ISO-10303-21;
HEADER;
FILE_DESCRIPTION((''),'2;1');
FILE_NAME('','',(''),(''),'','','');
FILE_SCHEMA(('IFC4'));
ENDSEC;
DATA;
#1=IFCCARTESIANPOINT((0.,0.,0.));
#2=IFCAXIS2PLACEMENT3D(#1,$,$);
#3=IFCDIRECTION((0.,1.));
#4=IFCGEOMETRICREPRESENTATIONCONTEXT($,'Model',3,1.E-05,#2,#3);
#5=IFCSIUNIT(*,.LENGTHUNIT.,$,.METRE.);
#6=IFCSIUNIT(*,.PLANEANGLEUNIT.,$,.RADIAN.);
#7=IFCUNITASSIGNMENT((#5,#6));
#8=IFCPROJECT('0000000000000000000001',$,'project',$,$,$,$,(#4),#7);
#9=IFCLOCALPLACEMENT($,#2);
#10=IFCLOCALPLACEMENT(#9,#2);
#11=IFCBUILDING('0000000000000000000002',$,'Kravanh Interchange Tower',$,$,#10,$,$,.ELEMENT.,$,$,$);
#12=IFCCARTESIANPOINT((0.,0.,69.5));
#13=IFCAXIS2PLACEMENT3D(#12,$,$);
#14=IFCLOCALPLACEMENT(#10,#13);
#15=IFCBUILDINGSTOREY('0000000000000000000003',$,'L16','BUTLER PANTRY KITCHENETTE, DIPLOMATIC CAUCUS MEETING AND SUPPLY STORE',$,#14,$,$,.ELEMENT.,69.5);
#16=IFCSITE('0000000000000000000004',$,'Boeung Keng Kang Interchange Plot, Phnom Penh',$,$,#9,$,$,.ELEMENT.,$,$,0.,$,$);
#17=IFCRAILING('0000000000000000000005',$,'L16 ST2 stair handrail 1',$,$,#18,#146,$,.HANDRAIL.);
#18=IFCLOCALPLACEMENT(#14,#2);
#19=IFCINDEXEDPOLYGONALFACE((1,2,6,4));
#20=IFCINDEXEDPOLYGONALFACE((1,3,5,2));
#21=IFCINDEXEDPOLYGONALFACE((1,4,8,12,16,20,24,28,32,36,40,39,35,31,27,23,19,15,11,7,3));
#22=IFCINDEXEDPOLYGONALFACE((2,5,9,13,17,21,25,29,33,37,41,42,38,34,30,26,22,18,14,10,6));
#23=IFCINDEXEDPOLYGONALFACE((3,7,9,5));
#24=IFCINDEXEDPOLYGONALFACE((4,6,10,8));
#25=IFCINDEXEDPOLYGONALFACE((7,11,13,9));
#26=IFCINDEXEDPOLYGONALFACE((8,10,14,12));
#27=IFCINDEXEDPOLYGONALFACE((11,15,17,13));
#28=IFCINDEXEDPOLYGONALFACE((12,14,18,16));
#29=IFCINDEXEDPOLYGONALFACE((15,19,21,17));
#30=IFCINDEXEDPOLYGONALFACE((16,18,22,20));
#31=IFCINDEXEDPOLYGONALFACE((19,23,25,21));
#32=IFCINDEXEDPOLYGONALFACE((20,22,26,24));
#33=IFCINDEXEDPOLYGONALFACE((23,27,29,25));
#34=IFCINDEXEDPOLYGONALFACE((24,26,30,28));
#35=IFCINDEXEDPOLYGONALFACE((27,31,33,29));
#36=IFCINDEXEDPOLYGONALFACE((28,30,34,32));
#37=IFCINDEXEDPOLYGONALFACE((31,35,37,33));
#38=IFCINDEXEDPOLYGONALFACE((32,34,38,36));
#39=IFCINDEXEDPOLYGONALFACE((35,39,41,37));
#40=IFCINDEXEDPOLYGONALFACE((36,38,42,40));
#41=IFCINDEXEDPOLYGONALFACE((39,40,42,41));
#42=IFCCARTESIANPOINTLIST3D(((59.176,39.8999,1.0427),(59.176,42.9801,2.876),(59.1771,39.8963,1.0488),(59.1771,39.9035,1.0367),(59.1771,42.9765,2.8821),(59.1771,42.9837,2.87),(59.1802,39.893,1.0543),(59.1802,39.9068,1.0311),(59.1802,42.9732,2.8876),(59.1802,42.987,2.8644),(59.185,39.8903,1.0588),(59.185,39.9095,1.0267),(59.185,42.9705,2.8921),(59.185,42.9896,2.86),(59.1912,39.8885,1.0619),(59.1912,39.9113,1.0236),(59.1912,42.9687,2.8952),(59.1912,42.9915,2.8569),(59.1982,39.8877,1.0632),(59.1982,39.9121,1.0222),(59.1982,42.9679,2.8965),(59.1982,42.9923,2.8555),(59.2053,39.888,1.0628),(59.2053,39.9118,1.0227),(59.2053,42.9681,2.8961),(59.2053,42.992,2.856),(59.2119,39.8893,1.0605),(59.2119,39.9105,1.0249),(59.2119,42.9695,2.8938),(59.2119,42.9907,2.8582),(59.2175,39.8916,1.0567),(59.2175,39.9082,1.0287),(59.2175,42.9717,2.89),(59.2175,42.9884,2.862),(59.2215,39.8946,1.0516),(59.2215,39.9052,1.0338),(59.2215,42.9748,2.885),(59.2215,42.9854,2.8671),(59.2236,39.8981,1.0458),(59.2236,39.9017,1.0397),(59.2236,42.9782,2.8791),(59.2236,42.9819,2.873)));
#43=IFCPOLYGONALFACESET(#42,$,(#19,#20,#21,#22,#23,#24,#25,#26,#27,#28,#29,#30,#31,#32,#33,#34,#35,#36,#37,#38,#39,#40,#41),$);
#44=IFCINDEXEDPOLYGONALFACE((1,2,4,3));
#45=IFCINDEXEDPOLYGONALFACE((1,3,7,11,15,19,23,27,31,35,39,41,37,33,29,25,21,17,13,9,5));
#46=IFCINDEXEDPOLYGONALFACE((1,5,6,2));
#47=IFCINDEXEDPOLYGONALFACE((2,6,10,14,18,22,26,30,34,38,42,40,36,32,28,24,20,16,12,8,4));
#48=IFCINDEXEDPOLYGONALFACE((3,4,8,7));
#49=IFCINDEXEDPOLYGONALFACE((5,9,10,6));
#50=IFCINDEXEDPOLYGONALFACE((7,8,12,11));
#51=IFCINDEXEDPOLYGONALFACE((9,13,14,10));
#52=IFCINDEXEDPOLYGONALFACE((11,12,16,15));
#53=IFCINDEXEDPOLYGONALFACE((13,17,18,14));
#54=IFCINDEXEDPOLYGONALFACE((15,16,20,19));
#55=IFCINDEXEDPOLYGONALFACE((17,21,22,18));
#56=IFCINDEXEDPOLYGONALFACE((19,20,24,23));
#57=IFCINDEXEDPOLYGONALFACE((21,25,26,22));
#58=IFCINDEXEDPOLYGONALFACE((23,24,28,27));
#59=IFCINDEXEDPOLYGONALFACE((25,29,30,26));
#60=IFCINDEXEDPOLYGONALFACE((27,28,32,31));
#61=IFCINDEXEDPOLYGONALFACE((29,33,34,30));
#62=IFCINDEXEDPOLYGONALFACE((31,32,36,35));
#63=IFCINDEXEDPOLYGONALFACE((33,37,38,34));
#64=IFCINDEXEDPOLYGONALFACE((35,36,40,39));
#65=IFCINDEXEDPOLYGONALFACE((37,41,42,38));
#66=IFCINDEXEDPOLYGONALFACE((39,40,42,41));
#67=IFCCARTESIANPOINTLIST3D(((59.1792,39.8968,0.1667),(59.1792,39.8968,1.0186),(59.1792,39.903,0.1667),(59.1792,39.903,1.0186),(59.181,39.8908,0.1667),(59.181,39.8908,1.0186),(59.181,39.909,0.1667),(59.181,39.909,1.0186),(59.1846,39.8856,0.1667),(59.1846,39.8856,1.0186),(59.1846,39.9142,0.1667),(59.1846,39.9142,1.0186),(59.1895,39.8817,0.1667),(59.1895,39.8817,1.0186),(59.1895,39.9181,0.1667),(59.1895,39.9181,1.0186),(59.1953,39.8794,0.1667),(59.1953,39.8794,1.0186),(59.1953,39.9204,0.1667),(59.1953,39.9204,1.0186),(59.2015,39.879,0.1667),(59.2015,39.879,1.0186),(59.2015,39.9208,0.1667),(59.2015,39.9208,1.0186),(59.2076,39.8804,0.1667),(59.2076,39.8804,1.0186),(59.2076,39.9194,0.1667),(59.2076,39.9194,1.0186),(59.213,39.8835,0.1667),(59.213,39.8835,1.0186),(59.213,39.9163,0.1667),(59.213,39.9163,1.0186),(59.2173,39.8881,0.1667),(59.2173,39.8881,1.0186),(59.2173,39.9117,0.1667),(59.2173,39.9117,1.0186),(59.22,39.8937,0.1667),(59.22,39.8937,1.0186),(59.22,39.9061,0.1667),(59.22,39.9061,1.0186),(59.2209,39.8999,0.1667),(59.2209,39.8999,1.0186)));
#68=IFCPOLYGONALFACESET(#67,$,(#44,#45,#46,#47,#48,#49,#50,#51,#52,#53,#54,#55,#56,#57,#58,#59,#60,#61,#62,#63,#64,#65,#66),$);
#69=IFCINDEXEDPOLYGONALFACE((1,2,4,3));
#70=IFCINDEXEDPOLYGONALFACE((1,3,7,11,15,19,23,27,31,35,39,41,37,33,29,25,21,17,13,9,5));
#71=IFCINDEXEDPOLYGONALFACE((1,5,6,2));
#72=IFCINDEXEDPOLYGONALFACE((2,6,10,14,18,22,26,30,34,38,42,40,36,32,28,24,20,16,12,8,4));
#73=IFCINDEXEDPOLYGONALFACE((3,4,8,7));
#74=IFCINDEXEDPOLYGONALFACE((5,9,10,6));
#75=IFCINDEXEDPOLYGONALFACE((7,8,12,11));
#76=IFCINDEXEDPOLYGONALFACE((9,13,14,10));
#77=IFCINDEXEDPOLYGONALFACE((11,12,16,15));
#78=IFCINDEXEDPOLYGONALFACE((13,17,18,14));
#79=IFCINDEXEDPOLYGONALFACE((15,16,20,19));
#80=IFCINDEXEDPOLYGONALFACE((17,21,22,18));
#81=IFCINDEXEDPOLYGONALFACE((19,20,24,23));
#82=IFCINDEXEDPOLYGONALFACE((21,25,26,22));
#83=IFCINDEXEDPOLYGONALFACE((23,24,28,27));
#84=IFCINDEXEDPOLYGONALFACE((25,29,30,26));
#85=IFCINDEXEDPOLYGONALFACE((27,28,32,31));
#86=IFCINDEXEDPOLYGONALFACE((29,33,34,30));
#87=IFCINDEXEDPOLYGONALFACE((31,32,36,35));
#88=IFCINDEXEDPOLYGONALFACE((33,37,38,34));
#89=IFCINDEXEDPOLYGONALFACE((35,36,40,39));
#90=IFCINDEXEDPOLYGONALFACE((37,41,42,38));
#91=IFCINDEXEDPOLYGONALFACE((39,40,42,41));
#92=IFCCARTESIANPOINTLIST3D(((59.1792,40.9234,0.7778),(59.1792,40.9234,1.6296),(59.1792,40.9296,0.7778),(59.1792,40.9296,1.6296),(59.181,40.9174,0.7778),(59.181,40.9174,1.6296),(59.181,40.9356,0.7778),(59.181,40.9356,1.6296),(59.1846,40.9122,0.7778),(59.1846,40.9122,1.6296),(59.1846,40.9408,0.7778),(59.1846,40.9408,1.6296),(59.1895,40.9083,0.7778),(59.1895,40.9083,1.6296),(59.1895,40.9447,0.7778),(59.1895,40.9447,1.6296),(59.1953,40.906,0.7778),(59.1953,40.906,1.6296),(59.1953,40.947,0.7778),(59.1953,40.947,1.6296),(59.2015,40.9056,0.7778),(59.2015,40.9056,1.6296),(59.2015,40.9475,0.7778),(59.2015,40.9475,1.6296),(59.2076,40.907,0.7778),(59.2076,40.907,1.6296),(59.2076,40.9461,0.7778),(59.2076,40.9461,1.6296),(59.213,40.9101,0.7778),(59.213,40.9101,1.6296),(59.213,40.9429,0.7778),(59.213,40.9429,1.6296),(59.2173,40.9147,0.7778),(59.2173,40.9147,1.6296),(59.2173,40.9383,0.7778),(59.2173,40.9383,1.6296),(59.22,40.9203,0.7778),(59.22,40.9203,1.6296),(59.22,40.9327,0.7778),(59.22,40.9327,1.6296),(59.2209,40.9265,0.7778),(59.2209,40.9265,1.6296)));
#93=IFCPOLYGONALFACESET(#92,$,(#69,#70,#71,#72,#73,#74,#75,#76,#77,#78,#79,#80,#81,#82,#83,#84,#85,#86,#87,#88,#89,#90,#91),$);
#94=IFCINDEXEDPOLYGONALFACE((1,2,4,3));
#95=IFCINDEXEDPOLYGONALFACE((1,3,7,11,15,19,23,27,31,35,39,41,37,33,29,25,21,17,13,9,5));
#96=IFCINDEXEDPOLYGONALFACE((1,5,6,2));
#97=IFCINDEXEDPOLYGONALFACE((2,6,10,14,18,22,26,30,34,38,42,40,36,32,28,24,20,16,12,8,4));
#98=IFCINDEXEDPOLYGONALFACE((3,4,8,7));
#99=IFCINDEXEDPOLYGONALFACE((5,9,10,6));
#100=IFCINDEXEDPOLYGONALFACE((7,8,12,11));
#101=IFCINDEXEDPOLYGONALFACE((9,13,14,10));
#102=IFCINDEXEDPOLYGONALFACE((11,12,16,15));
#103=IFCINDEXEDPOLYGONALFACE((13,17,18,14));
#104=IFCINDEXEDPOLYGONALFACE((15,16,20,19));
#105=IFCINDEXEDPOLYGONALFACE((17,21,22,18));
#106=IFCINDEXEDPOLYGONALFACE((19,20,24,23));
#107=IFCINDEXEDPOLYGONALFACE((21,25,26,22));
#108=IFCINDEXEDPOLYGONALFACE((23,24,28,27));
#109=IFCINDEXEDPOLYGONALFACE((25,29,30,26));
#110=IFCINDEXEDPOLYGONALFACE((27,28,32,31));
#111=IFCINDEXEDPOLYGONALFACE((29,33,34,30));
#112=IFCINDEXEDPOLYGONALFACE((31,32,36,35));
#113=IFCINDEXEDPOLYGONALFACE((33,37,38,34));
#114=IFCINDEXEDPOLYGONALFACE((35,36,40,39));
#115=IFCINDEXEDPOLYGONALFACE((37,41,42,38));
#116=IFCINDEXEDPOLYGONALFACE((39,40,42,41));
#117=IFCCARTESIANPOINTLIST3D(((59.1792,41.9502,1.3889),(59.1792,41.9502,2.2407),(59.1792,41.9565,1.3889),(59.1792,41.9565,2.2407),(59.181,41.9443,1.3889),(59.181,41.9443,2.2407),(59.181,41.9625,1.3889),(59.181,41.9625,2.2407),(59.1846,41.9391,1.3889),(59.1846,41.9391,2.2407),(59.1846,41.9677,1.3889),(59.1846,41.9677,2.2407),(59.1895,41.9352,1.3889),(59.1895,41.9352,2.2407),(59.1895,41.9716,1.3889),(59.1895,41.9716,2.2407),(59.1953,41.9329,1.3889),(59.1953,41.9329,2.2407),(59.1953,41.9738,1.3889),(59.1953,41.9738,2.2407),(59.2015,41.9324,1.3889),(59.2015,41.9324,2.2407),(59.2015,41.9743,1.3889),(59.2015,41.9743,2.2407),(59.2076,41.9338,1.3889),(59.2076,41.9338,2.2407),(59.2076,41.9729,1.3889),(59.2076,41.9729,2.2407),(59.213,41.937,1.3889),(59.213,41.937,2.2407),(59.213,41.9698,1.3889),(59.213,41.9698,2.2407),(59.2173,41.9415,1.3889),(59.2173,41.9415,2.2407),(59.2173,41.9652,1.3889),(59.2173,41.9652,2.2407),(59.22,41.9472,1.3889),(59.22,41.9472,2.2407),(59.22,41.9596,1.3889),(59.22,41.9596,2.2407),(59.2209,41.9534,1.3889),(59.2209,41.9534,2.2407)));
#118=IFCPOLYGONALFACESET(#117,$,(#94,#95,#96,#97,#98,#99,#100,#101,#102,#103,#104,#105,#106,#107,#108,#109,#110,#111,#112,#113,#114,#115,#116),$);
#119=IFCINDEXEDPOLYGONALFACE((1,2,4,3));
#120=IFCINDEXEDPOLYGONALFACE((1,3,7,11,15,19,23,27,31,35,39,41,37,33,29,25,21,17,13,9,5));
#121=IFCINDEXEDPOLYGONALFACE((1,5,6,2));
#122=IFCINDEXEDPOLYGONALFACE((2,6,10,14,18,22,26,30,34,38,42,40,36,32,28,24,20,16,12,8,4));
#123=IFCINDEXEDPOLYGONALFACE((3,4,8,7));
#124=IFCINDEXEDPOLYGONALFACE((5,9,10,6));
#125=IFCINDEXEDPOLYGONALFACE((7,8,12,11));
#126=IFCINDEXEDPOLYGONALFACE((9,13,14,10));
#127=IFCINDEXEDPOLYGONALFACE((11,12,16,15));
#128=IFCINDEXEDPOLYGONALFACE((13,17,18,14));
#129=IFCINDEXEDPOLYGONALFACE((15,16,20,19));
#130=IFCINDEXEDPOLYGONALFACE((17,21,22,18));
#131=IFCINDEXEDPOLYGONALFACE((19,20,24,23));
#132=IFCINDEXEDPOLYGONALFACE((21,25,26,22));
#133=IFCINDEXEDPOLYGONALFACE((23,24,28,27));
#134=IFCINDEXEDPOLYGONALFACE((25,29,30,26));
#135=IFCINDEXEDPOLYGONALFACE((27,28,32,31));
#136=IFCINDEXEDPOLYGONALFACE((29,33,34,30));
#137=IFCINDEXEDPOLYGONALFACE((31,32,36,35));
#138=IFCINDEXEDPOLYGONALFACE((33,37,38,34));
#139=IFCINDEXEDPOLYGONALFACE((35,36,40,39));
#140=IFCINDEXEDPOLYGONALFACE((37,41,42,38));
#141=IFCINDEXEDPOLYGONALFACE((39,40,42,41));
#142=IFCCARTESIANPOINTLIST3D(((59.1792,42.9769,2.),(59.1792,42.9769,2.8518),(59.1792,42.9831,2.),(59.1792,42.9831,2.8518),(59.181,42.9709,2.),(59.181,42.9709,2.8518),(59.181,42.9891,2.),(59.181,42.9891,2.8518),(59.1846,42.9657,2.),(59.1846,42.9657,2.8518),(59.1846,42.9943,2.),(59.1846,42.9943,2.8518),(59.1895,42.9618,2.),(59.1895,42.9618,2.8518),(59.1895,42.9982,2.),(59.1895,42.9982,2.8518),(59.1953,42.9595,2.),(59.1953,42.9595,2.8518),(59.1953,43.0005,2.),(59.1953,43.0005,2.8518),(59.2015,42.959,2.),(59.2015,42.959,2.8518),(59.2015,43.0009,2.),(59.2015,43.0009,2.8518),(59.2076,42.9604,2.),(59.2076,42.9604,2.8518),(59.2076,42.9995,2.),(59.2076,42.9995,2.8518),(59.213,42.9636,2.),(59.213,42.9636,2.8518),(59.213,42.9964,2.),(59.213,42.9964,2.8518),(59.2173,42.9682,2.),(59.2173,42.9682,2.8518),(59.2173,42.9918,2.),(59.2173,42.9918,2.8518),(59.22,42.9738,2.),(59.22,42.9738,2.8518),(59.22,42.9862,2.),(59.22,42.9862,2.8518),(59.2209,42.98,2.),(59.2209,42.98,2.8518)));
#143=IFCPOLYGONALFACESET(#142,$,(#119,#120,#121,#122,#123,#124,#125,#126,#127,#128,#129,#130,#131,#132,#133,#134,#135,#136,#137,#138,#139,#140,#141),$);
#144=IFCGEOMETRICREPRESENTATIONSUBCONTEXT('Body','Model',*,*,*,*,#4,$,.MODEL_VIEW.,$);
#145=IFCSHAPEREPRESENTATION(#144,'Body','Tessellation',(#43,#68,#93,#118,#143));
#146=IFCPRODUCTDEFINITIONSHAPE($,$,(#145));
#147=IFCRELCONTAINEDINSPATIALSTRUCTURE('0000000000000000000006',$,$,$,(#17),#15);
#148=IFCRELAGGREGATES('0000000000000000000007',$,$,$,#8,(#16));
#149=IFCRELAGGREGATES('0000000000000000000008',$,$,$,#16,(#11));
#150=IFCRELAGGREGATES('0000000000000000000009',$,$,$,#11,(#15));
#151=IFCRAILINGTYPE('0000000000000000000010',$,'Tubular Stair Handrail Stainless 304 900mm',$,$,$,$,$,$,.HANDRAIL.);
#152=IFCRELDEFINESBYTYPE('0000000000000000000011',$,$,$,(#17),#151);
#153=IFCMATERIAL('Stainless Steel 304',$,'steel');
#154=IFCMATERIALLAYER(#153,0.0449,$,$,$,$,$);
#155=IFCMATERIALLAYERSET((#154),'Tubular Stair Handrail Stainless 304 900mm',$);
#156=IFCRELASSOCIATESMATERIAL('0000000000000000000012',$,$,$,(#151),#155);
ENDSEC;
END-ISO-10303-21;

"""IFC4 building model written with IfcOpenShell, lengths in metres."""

from ifc_helpers import new_model, si_unit, direction, frame, origin, origin_2d, place, context, subcontext, project, spatial, circle, extrude, material, layer, layer_set, type_object, element, save


model = new_model("IFC4")

# Units and contexts
model_context = context("Model", 3, precision=1e-05, world=origin(), true_north=direction((0.0, 1.0)))
body_context = subcontext(model_context, "Body", "Model", "MODEL_VIEW")
ifc_project = project(units=[si_unit("LENGTHUNIT", "METRE"), si_unit("PLANEANGLEUNIT", "RADIAN")], contexts=[model_context])

# Site, building, storey
site_placement = place(None, origin())
site = spatial("IfcSite", under=ifc_project, at=site_placement, Name="Boeung Keng Kang Interchange Plot, Phnom Penh", CompositionType="ELEMENT", RefElevation=0.0)
building_placement = place(site_placement, origin())
building = spatial("IfcBuilding", under=site, at=building_placement, Name="Kravanh Interchange Tower", CompositionType="ELEMENT")
storey_placement = place(building_placement, frame((0.0, 0.0, 69.5)))
storey = spatial("IfcBuildingStorey", under=building, at=storey_placement, Name="L16", Description="BUTLER PANTRY KITCHENETTE, DIPLOMATIC CAUCUS MEETING AND SUPPLY STORE", CompositionType="ELEMENT", Elevation=69.5)

# Railing
ifc_material_1 = material(Name="Stainless Steel 304", Category="steel")
ifc_layer_1 = layer(ifc_material_1, 0.0449)
ifc_layer_set_1 = layer_set([ifc_layer_1], Name="Tubular Stair Handrail Stainless 304 900mm")
railing_type_1 = type_object("IfcRailingType", Name="Tubular Stair Handrail Stainless 304 900mm", PredefinedType="HANDRAIL", material=ifc_layer_set_1)
railing_1_placement = place(storey_placement, frame((59.2, 39.8999, 0.1667)))
element("IfcRailing", 1, at=railing_1_placement, inside=storey, type_object=railing_type_1, Name="L16 ST2 stair handrail 1", PredefinedType="HANDRAIL", context=body_context, shape_type="SweptSolid", body=[
    extrude(circle(Radius=0.0239, at=origin_2d()), frame((0.0, 0.0, 0.876), z_axis=(0.0, 0.859309, 0.511458), x_axis=(-1.0, 0.0, 0.0)), (0.0, 0.0, 1.0), 3.5845),
    extrude(circle(Radius=0.021, at=origin_2d()), origin(), (0.0, 0.0, 1.0), 0.8518),
    extrude(circle(Radius=0.021, at=origin_2d()), frame((0.0, 1.0266, 0.6111)), (0.0, 0.0, 1.0), 0.8518),
    extrude(circle(Radius=0.021, at=origin_2d()), frame((0.0, 2.0535, 1.2222)), (0.0, 0.0, 1.0), 0.8518),
    extrude(circle(Radius=0.021, at=origin_2d()), frame((0.0, 3.0801, 1.8333)), (0.0, 0.0, 1.0), 0.8518),
])

save(model, "model.ifc")
